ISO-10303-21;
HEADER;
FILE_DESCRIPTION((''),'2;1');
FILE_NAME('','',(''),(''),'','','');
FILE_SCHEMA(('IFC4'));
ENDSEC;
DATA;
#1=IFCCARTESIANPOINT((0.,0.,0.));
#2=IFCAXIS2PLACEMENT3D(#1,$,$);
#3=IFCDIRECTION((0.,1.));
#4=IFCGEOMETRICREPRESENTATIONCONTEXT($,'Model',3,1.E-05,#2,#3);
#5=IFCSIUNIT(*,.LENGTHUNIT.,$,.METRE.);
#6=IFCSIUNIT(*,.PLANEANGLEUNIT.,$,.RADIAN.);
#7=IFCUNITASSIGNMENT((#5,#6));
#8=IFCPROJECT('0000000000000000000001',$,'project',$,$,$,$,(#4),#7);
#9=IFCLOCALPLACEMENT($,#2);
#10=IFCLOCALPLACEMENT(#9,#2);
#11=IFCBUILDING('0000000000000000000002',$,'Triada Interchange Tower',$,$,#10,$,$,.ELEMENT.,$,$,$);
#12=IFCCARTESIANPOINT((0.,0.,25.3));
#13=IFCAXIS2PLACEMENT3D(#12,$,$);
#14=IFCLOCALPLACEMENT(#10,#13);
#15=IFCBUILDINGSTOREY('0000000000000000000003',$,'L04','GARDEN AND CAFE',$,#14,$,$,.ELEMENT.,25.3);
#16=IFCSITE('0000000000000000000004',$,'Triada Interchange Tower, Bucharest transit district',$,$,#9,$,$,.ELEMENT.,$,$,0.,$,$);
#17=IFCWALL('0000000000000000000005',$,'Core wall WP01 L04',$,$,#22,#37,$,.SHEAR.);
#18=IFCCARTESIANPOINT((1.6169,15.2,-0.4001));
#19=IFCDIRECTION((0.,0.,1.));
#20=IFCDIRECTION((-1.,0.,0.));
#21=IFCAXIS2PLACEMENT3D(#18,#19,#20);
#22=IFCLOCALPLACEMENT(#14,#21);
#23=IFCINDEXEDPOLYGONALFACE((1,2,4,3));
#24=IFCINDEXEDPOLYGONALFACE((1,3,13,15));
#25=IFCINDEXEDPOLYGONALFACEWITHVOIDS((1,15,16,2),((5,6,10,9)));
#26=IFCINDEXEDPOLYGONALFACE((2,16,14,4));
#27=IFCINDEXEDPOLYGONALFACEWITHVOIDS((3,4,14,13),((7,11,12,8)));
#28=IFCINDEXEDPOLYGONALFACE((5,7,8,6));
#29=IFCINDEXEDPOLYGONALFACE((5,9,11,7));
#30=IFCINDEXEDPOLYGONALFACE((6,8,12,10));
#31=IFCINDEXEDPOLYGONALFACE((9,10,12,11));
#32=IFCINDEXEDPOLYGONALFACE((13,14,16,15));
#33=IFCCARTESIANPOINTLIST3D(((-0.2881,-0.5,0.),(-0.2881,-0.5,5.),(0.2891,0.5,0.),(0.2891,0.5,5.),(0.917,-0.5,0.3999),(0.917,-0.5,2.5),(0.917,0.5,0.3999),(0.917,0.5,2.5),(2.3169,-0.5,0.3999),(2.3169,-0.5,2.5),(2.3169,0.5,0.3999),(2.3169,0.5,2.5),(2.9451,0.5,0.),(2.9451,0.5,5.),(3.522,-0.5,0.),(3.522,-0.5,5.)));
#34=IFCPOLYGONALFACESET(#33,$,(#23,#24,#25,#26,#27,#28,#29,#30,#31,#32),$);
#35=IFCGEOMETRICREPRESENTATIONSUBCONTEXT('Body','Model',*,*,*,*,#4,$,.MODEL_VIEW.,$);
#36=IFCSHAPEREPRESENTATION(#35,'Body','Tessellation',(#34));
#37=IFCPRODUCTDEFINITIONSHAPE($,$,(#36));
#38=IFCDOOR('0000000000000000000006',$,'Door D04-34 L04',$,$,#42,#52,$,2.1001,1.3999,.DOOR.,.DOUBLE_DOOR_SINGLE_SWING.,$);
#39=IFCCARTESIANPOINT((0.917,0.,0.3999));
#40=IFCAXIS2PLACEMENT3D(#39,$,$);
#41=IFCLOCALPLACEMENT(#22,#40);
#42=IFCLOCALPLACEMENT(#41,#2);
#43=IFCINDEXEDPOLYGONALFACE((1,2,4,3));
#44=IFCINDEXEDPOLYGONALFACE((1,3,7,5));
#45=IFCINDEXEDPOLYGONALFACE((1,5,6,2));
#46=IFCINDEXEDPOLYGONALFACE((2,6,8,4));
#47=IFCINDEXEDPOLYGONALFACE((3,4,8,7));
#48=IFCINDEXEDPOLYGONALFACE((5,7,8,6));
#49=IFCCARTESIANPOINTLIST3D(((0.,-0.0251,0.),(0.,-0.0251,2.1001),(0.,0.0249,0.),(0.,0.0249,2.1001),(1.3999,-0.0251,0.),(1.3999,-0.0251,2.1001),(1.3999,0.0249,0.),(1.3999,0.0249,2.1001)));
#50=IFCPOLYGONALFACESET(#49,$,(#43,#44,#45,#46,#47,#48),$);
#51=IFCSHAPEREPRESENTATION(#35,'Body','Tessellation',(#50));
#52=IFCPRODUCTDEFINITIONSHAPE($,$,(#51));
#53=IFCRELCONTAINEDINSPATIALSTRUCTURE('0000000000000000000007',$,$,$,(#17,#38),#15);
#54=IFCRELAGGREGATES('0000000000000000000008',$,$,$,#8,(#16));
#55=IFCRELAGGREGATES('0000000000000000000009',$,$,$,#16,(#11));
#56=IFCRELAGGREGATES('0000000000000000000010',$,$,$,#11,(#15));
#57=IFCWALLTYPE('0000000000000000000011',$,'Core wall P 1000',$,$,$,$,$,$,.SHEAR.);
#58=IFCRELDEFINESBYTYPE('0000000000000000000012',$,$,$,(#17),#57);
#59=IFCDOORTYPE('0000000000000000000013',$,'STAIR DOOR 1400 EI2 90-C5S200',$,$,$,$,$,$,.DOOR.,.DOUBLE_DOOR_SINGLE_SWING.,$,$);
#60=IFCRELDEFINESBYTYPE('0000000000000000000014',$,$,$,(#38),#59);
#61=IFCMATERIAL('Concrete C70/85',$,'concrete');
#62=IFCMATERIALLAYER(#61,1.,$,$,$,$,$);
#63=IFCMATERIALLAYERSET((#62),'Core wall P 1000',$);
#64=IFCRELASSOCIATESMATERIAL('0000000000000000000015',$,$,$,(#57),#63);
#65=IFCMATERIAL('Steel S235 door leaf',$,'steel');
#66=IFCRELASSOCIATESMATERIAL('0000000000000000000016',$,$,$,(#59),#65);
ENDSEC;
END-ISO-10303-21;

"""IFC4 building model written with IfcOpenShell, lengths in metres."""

from ifc_helpers import new_model, si_unit, direction, frame, frame_2d, origin, place, context, subcontext, project, spatial, polyline, rectangle, outline, extrude, material, layer, layer_set, type_object, element, fill, save


model = new_model("IFC4")

# Units and contexts
model_context = context("Model", 3, precision=1e-05, world=origin(), true_north=direction((0.0, 1.0)))
body_context = subcontext(model_context, "Body", "Model", "MODEL_VIEW")
ifc_project = project(units=[si_unit("LENGTHUNIT", "METRE"), si_unit("PLANEANGLEUNIT", "RADIAN")], contexts=[model_context])

# Site, building, storey
site_placement = place(None, origin())
site = spatial("IfcSite", under=ifc_project, at=site_placement, Name="Triada Interchange Tower, Bucharest transit district", CompositionType="ELEMENT", RefElevation=0.0)
building_placement = place(site_placement, origin())
building = spatial("IfcBuilding", under=site, at=building_placement, Name="Triada Interchange Tower", CompositionType="ELEMENT")
storey_placement = place(building_placement, frame((0.0, 0.0, 25.3)))
storey = spatial("IfcBuildingStorey", under=building, at=storey_placement, Name="L04", Description="GARDEN AND CAFE", CompositionType="ELEMENT", Elevation=25.3)

# Shared definitions
ifc_material_1 = material(Name="Concrete C70/85", Category="concrete")

# Wall, opening, door
ifc_layer_1 = layer(ifc_material_1, 1.0)
ifc_layer_set_1 = layer_set([ifc_layer_1], Name="Core wall P 1000")
wall_type_1 = type_object("IfcWallType", Name="Core wall P 1000", PredefinedType="SHEAR", material=ifc_layer_set_1)
wall_1_placement = place(storey_placement, frame((1.6169, 15.2, -0.4001), z_axis=(0.0, 0.0, 1.0), x_axis=(-1.0, 0.0, 0.0)))
wall_1 = element("IfcWall", 1, at=wall_1_placement, inside=storey, type_object=wall_type_1, Name="Core wall WP01 L04", PredefinedType="SHEAR", context=body_context, shape_type="SweptSolid", body=[
    extrude(outline(polyline([(-0.2881, -0.5), (1.6169, -0.5), (3.522, -0.5), (2.9451, 0.5), (1.6172, 0.5), (0.2891, 0.5), (-0.2881, -0.5)])), origin(), (0.0, 0.0, 1.0), 5.0),
])
opening_1_placement = place(wall_1_placement, frame((0.917, 0.0, 0.3999)))
opening_1 = element("IfcOpeningElement", 2, at=opening_1_placement, cuts=wall_1, PredefinedType="OPENING", context=body_context, shape_type="SweptSolid", body=[
    extrude(rectangle(XDim=1.3999, YDim=2.1001, at=frame_2d((0.7, 1.05))), frame((0.0, 0.51, 0.0), z_axis=(0.0, -1.0, 0.0), x_axis=(1.0, 0.0, 0.0)), (0.0, 0.0, 1.0), 1.02),
])
ifc_material_2 = material(Name="Steel S235 door leaf", Category="steel")
door_type_1 = type_object("IfcDoorType", Name="STAIR DOOR 1400 EI2 90-C5S200", OperationType="DOUBLE_DOOR_SINGLE_SWING", PredefinedType="DOOR", material=ifc_material_2)
door_1_placement = place(opening_1_placement, origin())
door_1 = element("IfcDoor", 3, at=door_1_placement, inside=storey, type_object=door_type_1, Name="Door D04-34 L04", OperationType="DOUBLE_DOOR_SINGLE_SWING", OverallHeight=2.1001, OverallWidth=1.3999, PredefinedType="DOOR", context=body_context, shape_type="SweptSolid", body=[
    extrude(rectangle(XDim=1.3999, YDim=2.1001, at=frame_2d((0.7, 1.05))), frame((0.0, 0.0249, 0.0), z_axis=(0.0, -1.0, 0.0), x_axis=(1.0, 0.0, 0.0)), (0.0, 0.0, 1.0), 0.05),
])
fill(opening_1, door_1)

save(model, "model.ifc")
